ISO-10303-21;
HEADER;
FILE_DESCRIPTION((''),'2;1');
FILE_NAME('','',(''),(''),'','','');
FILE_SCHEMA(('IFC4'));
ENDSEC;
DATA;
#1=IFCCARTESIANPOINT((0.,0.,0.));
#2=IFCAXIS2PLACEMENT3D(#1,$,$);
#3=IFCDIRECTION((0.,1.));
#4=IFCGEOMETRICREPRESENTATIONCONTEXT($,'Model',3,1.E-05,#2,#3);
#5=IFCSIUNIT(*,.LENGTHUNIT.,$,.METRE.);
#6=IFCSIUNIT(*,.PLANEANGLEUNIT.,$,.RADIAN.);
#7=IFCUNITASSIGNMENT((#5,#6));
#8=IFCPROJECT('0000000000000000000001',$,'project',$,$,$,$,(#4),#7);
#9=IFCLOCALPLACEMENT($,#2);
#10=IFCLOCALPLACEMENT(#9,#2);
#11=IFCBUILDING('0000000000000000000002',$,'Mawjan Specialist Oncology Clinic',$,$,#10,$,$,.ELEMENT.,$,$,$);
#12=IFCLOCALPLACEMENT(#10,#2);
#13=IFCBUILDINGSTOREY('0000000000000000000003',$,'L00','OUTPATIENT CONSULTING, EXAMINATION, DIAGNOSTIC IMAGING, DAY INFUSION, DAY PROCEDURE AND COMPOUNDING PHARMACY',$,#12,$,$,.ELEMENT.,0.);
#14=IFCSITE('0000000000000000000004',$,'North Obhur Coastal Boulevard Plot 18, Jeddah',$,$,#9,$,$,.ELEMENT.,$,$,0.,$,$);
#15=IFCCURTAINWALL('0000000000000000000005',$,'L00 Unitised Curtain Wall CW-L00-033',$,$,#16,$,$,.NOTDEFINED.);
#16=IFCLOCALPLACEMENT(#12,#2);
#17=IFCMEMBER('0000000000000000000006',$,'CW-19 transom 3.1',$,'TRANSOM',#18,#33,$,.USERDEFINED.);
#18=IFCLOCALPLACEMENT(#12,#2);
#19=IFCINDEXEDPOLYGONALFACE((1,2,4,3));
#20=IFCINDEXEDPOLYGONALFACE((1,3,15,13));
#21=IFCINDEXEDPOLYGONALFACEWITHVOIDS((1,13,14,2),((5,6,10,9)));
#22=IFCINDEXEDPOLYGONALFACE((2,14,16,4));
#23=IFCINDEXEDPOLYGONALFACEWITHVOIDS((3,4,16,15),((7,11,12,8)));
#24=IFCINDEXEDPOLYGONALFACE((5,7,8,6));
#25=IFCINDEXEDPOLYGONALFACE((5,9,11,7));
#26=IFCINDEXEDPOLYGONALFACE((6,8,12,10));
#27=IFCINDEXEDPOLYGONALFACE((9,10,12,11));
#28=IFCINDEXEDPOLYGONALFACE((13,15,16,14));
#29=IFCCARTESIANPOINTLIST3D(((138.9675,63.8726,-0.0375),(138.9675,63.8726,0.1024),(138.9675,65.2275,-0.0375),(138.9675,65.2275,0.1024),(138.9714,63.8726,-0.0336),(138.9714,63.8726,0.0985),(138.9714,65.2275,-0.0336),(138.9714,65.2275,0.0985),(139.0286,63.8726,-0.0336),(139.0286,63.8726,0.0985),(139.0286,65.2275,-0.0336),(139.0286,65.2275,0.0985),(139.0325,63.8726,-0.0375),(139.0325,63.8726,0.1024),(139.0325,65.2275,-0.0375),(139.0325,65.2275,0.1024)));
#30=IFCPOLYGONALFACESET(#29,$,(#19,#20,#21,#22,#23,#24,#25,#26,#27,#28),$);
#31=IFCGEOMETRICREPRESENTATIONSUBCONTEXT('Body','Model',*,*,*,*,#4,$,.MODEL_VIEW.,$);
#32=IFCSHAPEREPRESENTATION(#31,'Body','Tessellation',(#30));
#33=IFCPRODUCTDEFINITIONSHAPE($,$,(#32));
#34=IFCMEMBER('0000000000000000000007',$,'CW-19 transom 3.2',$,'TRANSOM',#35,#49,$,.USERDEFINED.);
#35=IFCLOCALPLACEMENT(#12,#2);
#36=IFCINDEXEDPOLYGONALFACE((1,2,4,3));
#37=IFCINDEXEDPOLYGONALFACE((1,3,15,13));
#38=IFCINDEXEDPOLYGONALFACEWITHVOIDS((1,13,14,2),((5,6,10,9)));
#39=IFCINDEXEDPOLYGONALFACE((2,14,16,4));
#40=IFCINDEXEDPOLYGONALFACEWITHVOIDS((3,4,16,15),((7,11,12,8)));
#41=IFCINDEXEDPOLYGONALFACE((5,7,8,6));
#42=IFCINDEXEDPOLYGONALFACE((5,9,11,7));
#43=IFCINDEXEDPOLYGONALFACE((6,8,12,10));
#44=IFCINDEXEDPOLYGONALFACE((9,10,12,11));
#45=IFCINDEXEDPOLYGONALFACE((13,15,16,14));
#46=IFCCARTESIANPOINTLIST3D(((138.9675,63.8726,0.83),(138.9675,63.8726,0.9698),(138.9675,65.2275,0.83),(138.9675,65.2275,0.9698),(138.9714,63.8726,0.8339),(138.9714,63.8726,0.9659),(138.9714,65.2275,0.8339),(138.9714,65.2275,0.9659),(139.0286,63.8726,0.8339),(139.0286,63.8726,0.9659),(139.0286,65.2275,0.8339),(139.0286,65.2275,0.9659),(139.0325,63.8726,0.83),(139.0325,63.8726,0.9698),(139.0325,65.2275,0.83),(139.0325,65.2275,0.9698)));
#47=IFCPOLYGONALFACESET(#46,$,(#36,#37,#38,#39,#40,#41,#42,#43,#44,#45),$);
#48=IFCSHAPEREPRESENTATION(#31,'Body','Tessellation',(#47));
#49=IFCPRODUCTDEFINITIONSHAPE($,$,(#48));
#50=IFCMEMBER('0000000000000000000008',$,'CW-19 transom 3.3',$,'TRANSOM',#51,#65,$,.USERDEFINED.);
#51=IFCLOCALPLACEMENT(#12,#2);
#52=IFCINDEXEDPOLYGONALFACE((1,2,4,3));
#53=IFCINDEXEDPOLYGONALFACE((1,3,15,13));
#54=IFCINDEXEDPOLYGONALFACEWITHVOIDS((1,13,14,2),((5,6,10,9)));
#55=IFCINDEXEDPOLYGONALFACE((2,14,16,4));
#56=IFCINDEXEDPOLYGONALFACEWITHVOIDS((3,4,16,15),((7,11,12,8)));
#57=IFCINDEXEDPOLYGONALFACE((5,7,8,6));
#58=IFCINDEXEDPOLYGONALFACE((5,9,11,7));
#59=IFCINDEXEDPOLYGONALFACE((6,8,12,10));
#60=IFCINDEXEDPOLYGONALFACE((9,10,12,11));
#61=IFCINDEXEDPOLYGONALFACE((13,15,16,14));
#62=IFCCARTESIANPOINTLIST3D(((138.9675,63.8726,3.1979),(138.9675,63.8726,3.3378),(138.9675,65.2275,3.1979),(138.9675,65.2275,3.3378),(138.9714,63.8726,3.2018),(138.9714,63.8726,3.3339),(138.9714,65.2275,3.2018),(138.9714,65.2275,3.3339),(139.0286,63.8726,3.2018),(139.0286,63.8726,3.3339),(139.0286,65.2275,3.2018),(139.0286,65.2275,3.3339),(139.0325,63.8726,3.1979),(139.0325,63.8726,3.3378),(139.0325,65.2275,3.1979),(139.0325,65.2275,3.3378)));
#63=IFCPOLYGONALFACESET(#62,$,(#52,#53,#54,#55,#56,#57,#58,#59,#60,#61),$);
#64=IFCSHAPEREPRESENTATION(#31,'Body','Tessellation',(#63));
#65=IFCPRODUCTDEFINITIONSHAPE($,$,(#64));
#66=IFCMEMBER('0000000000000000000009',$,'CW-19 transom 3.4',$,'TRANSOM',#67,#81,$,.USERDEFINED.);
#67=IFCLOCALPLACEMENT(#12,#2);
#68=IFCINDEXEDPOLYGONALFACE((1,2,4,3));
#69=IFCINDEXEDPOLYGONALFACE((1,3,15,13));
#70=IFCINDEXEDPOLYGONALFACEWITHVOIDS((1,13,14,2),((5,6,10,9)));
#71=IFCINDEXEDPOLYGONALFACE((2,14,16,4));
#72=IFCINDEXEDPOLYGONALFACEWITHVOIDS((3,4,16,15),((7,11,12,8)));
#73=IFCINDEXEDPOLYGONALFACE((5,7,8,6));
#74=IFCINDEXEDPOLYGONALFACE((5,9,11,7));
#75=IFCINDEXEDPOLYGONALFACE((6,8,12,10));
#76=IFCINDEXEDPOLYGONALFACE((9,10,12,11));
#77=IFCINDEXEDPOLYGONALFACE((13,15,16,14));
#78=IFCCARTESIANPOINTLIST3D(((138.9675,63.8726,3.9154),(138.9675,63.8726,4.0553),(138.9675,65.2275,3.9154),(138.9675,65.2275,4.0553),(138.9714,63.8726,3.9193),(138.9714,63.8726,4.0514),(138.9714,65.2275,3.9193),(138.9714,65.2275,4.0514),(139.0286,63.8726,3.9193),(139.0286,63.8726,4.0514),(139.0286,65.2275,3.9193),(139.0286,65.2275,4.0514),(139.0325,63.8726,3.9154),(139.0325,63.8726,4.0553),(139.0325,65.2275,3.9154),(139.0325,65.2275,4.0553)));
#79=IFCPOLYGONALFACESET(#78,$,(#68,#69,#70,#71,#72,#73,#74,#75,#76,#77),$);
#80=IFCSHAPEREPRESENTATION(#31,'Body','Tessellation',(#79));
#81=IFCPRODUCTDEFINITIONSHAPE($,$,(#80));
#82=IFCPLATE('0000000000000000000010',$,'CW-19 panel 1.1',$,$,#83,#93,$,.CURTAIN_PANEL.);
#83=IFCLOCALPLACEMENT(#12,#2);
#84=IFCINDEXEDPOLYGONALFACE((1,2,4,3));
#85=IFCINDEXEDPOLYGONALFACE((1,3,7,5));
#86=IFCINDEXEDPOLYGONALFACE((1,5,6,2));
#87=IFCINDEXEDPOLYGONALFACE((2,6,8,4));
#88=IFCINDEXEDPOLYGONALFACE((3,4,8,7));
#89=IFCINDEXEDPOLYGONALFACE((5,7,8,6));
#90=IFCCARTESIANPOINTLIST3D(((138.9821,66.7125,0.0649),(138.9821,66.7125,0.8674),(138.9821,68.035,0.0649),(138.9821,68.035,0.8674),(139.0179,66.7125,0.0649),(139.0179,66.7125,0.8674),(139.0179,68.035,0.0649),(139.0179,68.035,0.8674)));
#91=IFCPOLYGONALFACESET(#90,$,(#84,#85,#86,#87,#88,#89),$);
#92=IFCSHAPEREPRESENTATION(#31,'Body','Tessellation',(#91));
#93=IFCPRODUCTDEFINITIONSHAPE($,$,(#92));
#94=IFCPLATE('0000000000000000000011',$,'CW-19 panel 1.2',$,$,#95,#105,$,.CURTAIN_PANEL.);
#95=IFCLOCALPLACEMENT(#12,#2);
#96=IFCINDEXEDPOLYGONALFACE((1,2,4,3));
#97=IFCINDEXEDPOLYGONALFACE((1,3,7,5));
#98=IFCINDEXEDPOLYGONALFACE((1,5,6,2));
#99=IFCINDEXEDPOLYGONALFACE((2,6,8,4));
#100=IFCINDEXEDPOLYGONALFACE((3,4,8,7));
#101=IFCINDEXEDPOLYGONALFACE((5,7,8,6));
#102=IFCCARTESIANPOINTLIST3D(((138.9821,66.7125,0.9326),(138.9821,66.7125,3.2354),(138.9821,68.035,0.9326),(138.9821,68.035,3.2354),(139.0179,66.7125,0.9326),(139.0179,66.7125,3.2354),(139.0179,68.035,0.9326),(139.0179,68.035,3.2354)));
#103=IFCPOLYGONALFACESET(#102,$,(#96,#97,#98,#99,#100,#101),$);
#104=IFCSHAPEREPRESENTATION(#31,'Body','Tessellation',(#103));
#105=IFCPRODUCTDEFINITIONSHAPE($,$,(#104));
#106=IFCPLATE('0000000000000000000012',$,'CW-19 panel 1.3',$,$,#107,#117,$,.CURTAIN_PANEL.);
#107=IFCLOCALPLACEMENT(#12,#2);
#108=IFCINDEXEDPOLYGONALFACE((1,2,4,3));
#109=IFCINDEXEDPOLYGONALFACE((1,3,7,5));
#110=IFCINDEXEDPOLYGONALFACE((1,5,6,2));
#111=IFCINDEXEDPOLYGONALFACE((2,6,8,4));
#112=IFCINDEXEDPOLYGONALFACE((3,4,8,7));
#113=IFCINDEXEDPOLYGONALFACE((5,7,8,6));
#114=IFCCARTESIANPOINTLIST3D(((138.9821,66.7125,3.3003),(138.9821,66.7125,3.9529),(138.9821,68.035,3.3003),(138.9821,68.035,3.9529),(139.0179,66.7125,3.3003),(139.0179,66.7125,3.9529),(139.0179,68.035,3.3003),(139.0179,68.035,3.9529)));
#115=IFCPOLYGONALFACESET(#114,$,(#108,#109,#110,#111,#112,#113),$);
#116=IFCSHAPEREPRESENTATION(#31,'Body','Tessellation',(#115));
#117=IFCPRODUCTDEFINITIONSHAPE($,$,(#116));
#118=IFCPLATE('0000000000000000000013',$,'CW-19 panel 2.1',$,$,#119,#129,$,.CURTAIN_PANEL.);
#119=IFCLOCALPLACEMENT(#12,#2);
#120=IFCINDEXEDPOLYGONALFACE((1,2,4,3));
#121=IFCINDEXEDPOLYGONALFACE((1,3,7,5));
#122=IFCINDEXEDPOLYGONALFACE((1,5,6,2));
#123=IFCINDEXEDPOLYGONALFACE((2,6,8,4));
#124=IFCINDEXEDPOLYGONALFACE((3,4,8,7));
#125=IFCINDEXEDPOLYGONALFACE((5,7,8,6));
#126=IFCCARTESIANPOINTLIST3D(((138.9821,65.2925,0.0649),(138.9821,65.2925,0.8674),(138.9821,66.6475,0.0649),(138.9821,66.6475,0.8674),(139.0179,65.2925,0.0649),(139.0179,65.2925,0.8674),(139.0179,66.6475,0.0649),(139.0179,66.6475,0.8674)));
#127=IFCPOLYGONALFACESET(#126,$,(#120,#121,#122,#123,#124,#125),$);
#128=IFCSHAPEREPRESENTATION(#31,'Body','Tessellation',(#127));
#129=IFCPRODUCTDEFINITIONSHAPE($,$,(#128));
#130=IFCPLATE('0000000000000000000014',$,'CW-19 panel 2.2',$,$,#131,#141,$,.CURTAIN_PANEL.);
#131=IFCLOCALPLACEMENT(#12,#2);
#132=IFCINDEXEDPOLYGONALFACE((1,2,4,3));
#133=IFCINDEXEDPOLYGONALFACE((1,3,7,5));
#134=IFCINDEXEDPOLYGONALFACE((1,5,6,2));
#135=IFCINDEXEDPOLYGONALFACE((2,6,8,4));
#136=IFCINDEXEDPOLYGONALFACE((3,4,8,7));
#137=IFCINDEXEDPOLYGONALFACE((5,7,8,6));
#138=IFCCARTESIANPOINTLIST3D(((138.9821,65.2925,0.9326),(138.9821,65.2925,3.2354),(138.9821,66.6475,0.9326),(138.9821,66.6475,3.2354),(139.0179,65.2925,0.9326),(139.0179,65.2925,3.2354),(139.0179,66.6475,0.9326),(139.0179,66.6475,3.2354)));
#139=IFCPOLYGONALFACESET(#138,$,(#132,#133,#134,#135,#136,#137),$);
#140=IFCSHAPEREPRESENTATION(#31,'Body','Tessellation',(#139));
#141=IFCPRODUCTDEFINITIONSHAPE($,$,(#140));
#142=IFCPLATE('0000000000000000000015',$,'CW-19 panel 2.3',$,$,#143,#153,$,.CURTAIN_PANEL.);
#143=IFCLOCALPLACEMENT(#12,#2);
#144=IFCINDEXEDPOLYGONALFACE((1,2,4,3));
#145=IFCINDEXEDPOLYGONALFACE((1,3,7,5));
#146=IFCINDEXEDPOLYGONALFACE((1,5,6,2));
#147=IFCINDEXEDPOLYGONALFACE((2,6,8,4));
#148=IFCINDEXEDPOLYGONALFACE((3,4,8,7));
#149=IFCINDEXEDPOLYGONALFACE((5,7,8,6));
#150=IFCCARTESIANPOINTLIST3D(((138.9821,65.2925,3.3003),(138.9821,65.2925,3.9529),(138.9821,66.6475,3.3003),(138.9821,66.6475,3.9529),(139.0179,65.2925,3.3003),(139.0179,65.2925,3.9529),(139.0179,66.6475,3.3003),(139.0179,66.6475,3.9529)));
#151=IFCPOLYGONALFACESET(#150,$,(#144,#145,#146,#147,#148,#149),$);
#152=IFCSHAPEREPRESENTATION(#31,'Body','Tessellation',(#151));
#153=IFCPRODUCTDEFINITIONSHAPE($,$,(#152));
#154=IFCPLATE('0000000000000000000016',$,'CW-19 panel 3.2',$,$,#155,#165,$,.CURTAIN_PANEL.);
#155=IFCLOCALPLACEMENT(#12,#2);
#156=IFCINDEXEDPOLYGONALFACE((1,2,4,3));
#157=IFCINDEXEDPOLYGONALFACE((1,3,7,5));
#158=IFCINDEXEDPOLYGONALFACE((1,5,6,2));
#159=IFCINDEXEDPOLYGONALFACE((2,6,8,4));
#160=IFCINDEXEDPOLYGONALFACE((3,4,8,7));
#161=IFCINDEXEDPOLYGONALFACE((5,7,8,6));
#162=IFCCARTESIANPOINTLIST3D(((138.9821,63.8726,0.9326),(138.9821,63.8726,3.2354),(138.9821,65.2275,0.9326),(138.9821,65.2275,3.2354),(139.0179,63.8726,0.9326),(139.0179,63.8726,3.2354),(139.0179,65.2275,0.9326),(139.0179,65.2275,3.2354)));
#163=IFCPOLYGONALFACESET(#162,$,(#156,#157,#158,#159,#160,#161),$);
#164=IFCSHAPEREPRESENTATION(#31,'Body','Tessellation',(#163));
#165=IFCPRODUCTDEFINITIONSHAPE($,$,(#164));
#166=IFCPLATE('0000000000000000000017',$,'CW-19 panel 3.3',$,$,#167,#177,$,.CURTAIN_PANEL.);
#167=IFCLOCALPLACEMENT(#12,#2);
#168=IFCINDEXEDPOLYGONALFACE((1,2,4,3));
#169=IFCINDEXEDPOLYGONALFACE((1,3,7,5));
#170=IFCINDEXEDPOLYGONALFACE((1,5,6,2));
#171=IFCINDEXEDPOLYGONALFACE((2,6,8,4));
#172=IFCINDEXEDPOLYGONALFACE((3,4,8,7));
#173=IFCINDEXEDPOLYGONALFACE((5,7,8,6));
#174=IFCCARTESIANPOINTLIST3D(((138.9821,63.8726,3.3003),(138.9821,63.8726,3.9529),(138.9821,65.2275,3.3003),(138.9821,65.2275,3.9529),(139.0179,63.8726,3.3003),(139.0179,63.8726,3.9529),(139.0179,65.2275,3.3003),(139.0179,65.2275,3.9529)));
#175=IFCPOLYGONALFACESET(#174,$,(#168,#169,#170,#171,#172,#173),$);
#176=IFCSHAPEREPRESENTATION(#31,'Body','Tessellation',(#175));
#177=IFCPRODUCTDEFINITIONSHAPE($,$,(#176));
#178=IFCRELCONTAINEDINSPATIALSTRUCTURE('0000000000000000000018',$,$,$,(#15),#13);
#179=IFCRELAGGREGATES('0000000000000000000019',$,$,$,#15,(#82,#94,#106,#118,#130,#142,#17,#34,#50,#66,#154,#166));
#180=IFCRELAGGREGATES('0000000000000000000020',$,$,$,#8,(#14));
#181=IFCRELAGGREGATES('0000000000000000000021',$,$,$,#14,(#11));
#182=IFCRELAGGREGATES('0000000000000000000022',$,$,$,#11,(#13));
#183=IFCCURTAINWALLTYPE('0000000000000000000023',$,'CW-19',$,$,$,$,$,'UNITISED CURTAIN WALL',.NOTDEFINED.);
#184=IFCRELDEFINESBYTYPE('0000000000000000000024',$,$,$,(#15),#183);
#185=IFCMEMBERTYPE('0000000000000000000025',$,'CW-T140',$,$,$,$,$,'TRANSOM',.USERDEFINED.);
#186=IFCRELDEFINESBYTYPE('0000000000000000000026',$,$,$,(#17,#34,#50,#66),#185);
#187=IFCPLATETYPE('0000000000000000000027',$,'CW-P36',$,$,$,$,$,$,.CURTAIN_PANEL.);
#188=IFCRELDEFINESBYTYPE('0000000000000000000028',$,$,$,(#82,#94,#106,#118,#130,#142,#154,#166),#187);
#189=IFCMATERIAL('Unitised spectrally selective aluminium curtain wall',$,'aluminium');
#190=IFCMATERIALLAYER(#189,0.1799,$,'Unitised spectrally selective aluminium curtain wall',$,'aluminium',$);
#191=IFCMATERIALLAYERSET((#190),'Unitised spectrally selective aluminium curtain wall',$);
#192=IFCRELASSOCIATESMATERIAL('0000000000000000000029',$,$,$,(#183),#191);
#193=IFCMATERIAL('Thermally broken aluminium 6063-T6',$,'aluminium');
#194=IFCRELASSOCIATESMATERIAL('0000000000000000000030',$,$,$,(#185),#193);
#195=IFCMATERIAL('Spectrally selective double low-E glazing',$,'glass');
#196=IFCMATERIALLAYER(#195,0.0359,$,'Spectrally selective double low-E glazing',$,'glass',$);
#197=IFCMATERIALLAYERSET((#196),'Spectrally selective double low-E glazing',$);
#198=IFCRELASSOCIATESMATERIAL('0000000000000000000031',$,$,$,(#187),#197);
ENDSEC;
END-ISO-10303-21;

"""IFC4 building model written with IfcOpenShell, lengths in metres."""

from ifc_helpers import new_model, si_unit, direction, frame, origin, origin_2d, place, context, subcontext, project, spatial, rectangle, hollow_rectangle, extrude, material, layer, layer_set, material_profile, profile_set, type_object, element, aggregate, save


model = new_model("IFC4")

# Units and contexts
model_context = context("Model", 3, precision=1e-05, world=origin(), true_north=direction((0.0, 1.0)))
body_context = subcontext(model_context, "Body", "Model", "MODEL_VIEW")
ifc_project = project(units=[si_unit("LENGTHUNIT", "METRE"), si_unit("PLANEANGLEUNIT", "RADIAN")], contexts=[model_context])

# Site, building, storey
site_placement = place(None, origin())
site = spatial("IfcSite", under=ifc_project, at=site_placement, Name="North Obhur Coastal Boulevard Plot 18, Jeddah", CompositionType="ELEMENT", RefElevation=0.0)
building_placement = place(site_placement, origin())
building = spatial("IfcBuilding", under=site, at=building_placement, Name="Mawjan Specialist Oncology Clinic", CompositionType="ELEMENT")
storey_placement = place(building_placement, origin())
storey = spatial("IfcBuildingStorey", under=building, at=storey_placement, Name="L00", Description="OUTPATIENT CONSULTING, EXAMINATION, DIAGNOSTIC IMAGING, DAY INFUSION, DAY PROCEDURE AND COMPOUNDING PHARMACY", CompositionType="ELEMENT", Elevation=0.0)

# Curtain wall, members, plates
ifc_material_1 = material(Name="Unitised spectrally selective aluminium curtain wall", Category="aluminium")
ifc_layer_1 = layer(ifc_material_1, 0.1799, Name="Unitised spectrally selective aluminium curtain wall", Category="aluminium")
ifc_layer_set_1 = layer_set([ifc_layer_1], Name="Unitised spectrally selective aluminium curtain wall")
curtain_wall_type = type_object("IfcCurtainWallType", Name="CW-19", ElementType="UNITISED CURTAIN WALL", PredefinedType="NOTDEFINED", material=ifc_layer_set_1)
curtain_wall_placement = place(storey_placement, origin())
curtain_wall = element("IfcCurtainWall", 1, at=curtain_wall_placement, inside=storey, type_object=curtain_wall_type, Name="L00 Unitised Curtain Wall CW-L00-033", PredefinedType="NOTDEFINED")
ifc_material_2 = material(Name="Thermally broken aluminium 6063-T6", Category="aluminium")
ifc_material_profile_1 = material_profile(ifc_material_2, hollow_rectangle(XDim=0.0649, YDim=0.1399, WallThickness=0.0039, at=origin_2d()), Name="ALU TRANSOM 140x65x4", Category="aluminium")
ifc_profile_set_1 = profile_set([ifc_material_profile_1], Name="Thermally broken aluminium 6063-T6")
member_type_1 = type_object("IfcMemberType", Name="CW-T140", ElementType="TRANSOM", PredefinedType="USERDEFINED", material=ifc_profile_set_1)
member_1_placement = place(storey_placement, frame((139.0, 65.2275, 0.0325), z_axis=(0.0, -1.0, 0.0), x_axis=(1.0, 0.0, 0.0)))
member_1 = element("IfcMember", 2, at=member_1_placement, type_object=member_type_1, Name="CW-19 transom 3.1", ObjectType="TRANSOM", PredefinedType="USERDEFINED", context=body_context, shape_type="SweptSolid", body=[
    extrude(hollow_rectangle(XDim=0.0649, YDim=0.1399, WallThickness=0.0039, at=origin_2d()), origin(), (0.0, 0.0, 1.0), 1.355),
])
member_2_placement = place(storey_placement, frame((139.0, 65.2275, 0.8999), z_axis=(0.0, -1.0, 0.0), x_axis=(1.0, 0.0, 0.0)))
member_2 = element("IfcMember", 3, at=member_2_placement, type_object=member_type_1, Name="CW-19 transom 3.2", ObjectType="TRANSOM", PredefinedType="USERDEFINED", context=body_context, shape_type="SweptSolid", body=[
    extrude(hollow_rectangle(XDim=0.0649, YDim=0.1399, WallThickness=0.0039, at=origin_2d()), origin(), (0.0, 0.0, 1.0), 1.355),
])
member_3_placement = place(storey_placement, frame((139.0, 65.2275, 3.2678), z_axis=(0.0, -1.0, 0.0), x_axis=(1.0, 0.0, 0.0)))
member_3 = element("IfcMember", 4, at=member_3_placement, type_object=member_type_1, Name="CW-19 transom 3.3", ObjectType="TRANSOM", PredefinedType="USERDEFINED", context=body_context, shape_type="SweptSolid", body=[
    extrude(hollow_rectangle(XDim=0.0649, YDim=0.1399, WallThickness=0.0039, at=origin_2d()), origin(), (0.0, 0.0, 1.0), 1.355),
])
member_4_placement = place(storey_placement, frame((139.0, 65.2275, 3.9854), z_axis=(0.0, -1.0, 0.0), x_axis=(1.0, 0.0, 0.0)))
member_4 = element("IfcMember", 5, at=member_4_placement, type_object=member_type_1, Name="CW-19 transom 3.4", ObjectType="TRANSOM", PredefinedType="USERDEFINED", context=body_context, shape_type="SweptSolid", body=[
    extrude(hollow_rectangle(XDim=0.0649, YDim=0.1399, WallThickness=0.0039, at=origin_2d()), origin(), (0.0, 0.0, 1.0), 1.355),
])
ifc_material_3 = material(Name="Spectrally selective double low-E glazing", Category="glass")
ifc_layer_2 = layer(ifc_material_3, 0.0359, Name="Spectrally selective double low-E glazing", Category="glass")
ifc_layer_set_2 = layer_set([ifc_layer_2], Name="Spectrally selective double low-E glazing")
plate_type = type_object("IfcPlateType", Name="CW-P36", PredefinedType="CURTAIN_PANEL", material=ifc_layer_set_2)
plate_1_placement = place(storey_placement, frame((139.0, 67.3738, 0.0649), z_axis=(0.0, 0.0, 1.0), x_axis=(0.0, -1.0, 0.0)))
plate_1 = element("IfcPlate", 6, at=plate_1_placement, type_object=plate_type, Name="CW-19 panel 1.1", PredefinedType="CURTAIN_PANEL", context=body_context, shape_type="SweptSolid", body=[
    extrude(rectangle(XDim=1.3225, YDim=0.0359, at=origin_2d()), origin(), (0.0, 0.0, 1.0), 0.8025),
])
plate_2_placement = place(storey_placement, frame((139.0, 67.3738, 0.9326), z_axis=(0.0, 0.0, 1.0), x_axis=(0.0, -1.0, 0.0)))
plate_2 = element("IfcPlate", 7, at=plate_2_placement, type_object=plate_type, Name="CW-19 panel 1.2", PredefinedType="CURTAIN_PANEL", context=body_context, shape_type="SweptSolid", body=[
    extrude(rectangle(XDim=1.3225, YDim=0.0359, at=origin_2d()), origin(), (0.0, 0.0, 1.0), 2.3027),
])
plate_3_placement = place(storey_placement, frame((139.0, 67.3738, 3.3003), z_axis=(0.0, 0.0, 1.0), x_axis=(0.0, -1.0, 0.0)))
plate_3 = element("IfcPlate", 8, at=plate_3_placement, type_object=plate_type, Name="CW-19 panel 1.3", PredefinedType="CURTAIN_PANEL", context=body_context, shape_type="SweptSolid", body=[
    extrude(rectangle(XDim=1.3225, YDim=0.0359, at=origin_2d()), origin(), (0.0, 0.0, 1.0), 0.6526),
])
plate_4_placement = place(storey_placement, frame((139.0, 65.97, 0.0649), z_axis=(0.0, 0.0, 1.0), x_axis=(0.0, -1.0, 0.0)))
plate_4 = element("IfcPlate", 9, at=plate_4_placement, type_object=plate_type, Name="CW-19 panel 2.1", PredefinedType="CURTAIN_PANEL", context=body_context, shape_type="SweptSolid", body=[
    extrude(rectangle(XDim=1.355, YDim=0.0359, at=origin_2d()), origin(), (0.0, 0.0, 1.0), 0.8025),
])
plate_5_placement = place(storey_placement, frame((139.0, 65.97, 0.9326), z_axis=(0.0, 0.0, 1.0), x_axis=(0.0, -1.0, 0.0)))
plate_5 = element("IfcPlate", 10, at=plate_5_placement, type_object=plate_type, Name="CW-19 panel 2.2", PredefinedType="CURTAIN_PANEL", context=body_context, shape_type="SweptSolid", body=[
    extrude(rectangle(XDim=1.355, YDim=0.0359, at=origin_2d()), origin(), (0.0, 0.0, 1.0), 2.3027),
])
plate_6_placement = place(storey_placement, frame((139.0, 65.97, 3.3003), z_axis=(0.0, 0.0, 1.0), x_axis=(0.0, -1.0, 0.0)))
plate_6 = element("IfcPlate", 11, at=plate_6_placement, type_object=plate_type, Name="CW-19 panel 2.3", PredefinedType="CURTAIN_PANEL", context=body_context, shape_type="SweptSolid", body=[
    extrude(rectangle(XDim=1.355, YDim=0.0359, at=origin_2d()), origin(), (0.0, 0.0, 1.0), 0.6526),
])
plate_7_placement = place(storey_placement, frame((139.0, 64.55, 0.9326), z_axis=(0.0, 0.0, 1.0), x_axis=(0.0, -1.0, 0.0)))
plate_7 = element("IfcPlate", 12, at=plate_7_placement, type_object=plate_type, Name="CW-19 panel 3.2", PredefinedType="CURTAIN_PANEL", context=body_context, shape_type="SweptSolid", body=[
    extrude(rectangle(XDim=1.355, YDim=0.0359, at=origin_2d()), origin(), (0.0, 0.0, 1.0), 2.3027),
])
plate_8_placement = place(storey_placement, frame((139.0, 64.55, 3.3003), z_axis=(0.0, 0.0, 1.0), x_axis=(0.0, -1.0, 0.0)))
plate_8 = element("IfcPlate", 13, at=plate_8_placement, type_object=plate_type, Name="CW-19 panel 3.3", PredefinedType="CURTAIN_PANEL", context=body_context, shape_type="SweptSolid", body=[
    extrude(rectangle(XDim=1.355, YDim=0.0359, at=origin_2d()), origin(), (0.0, 0.0, 1.0), 0.6526),
])
aggregate(curtain_wall, [plate_1, plate_2, plate_3, plate_4, plate_5, plate_6, member_1, member_2, member_3, member_4, plate_7, plate_8])

save(model, "model.ifc")
